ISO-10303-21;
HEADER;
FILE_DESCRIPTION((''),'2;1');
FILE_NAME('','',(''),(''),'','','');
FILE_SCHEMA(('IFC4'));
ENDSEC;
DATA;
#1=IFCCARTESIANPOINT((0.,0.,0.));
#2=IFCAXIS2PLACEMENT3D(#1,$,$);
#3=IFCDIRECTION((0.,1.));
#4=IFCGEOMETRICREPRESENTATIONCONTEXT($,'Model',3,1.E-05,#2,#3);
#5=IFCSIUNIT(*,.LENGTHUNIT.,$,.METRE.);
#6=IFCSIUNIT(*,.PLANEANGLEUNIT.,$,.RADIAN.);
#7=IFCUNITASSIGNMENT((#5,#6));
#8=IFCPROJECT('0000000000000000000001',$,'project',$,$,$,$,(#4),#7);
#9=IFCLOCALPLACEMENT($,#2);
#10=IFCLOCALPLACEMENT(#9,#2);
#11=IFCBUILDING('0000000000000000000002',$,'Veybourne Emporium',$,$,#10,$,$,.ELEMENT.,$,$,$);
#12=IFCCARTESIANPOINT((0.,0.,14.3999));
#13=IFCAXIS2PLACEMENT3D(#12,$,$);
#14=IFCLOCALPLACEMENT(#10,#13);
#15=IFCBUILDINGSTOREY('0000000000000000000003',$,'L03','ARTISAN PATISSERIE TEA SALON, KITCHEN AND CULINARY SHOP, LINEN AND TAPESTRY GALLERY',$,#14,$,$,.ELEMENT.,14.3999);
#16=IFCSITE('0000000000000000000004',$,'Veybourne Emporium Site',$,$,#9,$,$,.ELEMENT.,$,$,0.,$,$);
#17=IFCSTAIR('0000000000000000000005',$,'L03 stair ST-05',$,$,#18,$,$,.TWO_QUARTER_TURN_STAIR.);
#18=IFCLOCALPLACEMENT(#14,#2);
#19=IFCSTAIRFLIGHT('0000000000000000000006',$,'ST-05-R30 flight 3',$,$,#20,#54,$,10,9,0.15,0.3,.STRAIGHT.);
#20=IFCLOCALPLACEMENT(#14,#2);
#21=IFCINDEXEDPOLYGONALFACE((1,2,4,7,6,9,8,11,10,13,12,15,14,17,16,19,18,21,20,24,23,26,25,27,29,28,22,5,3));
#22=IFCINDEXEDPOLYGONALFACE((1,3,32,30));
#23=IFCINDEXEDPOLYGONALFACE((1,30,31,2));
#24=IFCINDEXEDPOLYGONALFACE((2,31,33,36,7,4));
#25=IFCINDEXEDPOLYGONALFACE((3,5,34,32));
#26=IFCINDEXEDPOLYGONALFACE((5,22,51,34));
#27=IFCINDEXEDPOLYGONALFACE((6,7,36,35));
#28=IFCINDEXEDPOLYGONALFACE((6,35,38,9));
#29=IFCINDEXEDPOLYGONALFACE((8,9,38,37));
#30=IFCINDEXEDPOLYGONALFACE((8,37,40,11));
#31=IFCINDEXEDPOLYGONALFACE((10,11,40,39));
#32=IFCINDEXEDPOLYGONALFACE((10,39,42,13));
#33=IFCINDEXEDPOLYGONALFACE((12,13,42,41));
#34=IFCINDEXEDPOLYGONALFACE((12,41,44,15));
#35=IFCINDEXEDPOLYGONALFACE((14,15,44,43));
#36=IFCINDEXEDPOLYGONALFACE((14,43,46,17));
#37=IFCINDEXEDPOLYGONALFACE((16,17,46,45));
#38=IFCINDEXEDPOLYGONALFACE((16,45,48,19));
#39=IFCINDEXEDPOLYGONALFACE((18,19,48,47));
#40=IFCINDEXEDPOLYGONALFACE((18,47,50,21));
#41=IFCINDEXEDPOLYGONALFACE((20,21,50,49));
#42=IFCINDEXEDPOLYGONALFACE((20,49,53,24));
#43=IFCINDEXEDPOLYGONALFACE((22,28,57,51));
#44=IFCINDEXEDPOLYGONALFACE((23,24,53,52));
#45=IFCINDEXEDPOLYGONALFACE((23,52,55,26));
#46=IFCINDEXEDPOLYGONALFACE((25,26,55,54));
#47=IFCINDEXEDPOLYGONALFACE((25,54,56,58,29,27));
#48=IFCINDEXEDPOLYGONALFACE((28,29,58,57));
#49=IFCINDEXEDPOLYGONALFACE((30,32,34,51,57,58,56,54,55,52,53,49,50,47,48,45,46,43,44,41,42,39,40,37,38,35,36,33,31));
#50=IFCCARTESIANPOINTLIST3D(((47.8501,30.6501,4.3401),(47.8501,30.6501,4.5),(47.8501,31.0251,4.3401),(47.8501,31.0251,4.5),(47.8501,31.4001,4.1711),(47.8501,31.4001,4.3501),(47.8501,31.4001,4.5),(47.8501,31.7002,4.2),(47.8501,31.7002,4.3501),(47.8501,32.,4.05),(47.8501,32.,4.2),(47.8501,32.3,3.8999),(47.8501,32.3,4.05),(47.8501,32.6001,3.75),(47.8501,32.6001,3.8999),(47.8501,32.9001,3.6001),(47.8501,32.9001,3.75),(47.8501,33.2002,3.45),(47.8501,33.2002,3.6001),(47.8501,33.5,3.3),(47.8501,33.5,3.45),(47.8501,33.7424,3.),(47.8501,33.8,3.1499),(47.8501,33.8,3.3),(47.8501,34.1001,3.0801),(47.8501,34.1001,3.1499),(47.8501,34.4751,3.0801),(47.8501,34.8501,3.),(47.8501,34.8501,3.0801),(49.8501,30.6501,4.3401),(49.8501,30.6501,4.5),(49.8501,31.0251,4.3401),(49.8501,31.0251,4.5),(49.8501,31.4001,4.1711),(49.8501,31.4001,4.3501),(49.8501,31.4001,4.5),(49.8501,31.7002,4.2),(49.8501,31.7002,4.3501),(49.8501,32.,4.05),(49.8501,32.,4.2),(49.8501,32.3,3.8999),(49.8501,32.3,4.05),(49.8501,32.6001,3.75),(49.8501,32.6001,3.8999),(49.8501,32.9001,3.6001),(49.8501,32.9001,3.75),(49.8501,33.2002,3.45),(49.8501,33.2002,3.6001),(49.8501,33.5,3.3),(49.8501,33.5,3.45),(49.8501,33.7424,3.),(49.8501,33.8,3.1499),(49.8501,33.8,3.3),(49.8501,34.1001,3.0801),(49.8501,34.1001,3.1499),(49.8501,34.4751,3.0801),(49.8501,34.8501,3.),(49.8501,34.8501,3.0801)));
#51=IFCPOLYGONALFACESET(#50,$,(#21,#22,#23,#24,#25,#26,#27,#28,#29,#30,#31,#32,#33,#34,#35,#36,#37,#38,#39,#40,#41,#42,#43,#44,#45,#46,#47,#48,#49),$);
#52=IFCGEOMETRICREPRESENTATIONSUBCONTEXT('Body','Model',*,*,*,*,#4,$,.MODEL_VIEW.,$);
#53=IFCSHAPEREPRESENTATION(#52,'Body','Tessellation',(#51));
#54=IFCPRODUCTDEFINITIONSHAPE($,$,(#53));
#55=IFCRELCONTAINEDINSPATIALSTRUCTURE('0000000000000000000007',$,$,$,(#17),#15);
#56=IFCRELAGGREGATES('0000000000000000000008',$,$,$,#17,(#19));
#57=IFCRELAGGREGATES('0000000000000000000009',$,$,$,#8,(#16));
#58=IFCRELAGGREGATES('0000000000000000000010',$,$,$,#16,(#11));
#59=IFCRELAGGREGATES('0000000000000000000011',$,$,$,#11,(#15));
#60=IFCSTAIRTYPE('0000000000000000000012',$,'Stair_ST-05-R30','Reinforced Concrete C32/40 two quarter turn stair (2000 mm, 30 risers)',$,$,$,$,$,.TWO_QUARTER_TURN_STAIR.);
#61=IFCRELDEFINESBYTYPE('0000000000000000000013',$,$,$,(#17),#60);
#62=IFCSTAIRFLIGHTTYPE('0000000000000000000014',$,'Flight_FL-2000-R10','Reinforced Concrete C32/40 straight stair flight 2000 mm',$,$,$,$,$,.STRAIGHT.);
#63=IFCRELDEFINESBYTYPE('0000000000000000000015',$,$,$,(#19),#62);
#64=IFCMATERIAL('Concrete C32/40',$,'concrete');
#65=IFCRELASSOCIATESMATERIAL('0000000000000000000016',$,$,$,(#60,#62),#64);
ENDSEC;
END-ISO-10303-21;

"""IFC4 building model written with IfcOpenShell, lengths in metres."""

from ifc_helpers import new_model, si_unit, direction, frame, origin, place, context, subcontext, project, spatial, polyline, outline, extrude, material, type_object, element, aggregate, save


model = new_model("IFC4")

# Units and contexts
model_context = context("Model", 3, precision=1e-05, world=origin(), true_north=direction((0.0, 1.0)))
body_context = subcontext(model_context, "Body", "Model", "MODEL_VIEW")
ifc_project = project(units=[si_unit("LENGTHUNIT", "METRE"), si_unit("PLANEANGLEUNIT", "RADIAN")], contexts=[model_context])

# Site, building, storey
site_placement = place(None, origin())
site = spatial("IfcSite", under=ifc_project, at=site_placement, Name="Veybourne Emporium Site", CompositionType="ELEMENT", RefElevation=0.0)
building_placement = place(site_placement, origin())
building = spatial("IfcBuilding", under=site, at=building_placement, Name="Veybourne Emporium", CompositionType="ELEMENT")
storey_placement = place(building_placement, frame((0.0, 0.0, 14.3999)))
storey = spatial("IfcBuildingStorey", under=building, at=storey_placement, Name="L03", Description="ARTISAN PATISSERIE TEA SALON, KITCHEN AND CULINARY SHOP, LINEN AND TAPESTRY GALLERY", CompositionType="ELEMENT", Elevation=14.3999)

# Shared definitions
ifc_material_1 = material(Name="Concrete C32/40", Category="concrete")

# Stair, stair flight
stair_type = type_object("IfcStairType", Name="Stair_ST-05-R30", Description="Reinforced Concrete C32/40 two quarter turn stair (2000 mm, 30 risers)", PredefinedType="TWO_QUARTER_TURN_STAIR", material=ifc_material_1)
stair_placement = place(storey_placement, origin())
stair = element("IfcStair", 1, at=stair_placement, inside=storey, type_object=stair_type, Name="L03 stair ST-05", PredefinedType="TWO_QUARTER_TURN_STAIR")
stair_flight_type = type_object("IfcStairFlightType", Name="Flight_FL-2000-R10", Description="Reinforced Concrete C32/40 straight stair flight 2000 mm", PredefinedType="STRAIGHT", material=ifc_material_1)
stair_flight_1_placement = place(storey_placement, frame((48.8501, 34.1001, 3.0), z_axis=(0.0, 0.0, 1.0), x_axis=(0.0, -1.0, 0.0)))
stair_flight_1 = element("IfcStairFlight", 2, at=stair_flight_1_placement, type_object=stair_flight_type, Name="ST-05-R30 flight 3", NumberOfRisers=10, NumberOfTreads=9, PredefinedType="STRAIGHT", RiserHeight=0.15, TreadLength=0.3, context=body_context, shape_type="SweptSolid", body=[
    extrude(outline(polyline([(-0.75, 0.0), (-0.75, 0.0801), (-0.375, 0.0801), (0.0, 0.0801), (0.0, 0.1499), (0.3, 0.1499), (0.3, 0.3), (0.6001, 0.3), (0.6001, 0.45), (0.8999, 0.45), (0.8999, 0.6001), (1.2, 0.6001), (1.2, 0.75), (1.5, 0.75), (1.5, 0.8999), (1.8, 0.8999), (1.8, 1.05), (2.1001, 1.05), (2.1001, 1.2), (2.3999, 1.2), (2.3999, 1.3501), (2.7, 1.3501), (2.7, 1.5), (3.075, 1.5), (3.45, 1.5), (3.45, 1.3401), (3.075, 1.3401), (2.7, 1.1711), (0.3577, 0.0), (-0.75, 0.0)])), frame((0.0, 1.0, 0.0), z_axis=(0.0, -1.0, 0.0), x_axis=(1.0, 0.0, 0.0)), (0.0, 0.0, 1.0), 2.0),
])
aggregate(stair, [stair_flight_1])

save(model, "model.ifc")
